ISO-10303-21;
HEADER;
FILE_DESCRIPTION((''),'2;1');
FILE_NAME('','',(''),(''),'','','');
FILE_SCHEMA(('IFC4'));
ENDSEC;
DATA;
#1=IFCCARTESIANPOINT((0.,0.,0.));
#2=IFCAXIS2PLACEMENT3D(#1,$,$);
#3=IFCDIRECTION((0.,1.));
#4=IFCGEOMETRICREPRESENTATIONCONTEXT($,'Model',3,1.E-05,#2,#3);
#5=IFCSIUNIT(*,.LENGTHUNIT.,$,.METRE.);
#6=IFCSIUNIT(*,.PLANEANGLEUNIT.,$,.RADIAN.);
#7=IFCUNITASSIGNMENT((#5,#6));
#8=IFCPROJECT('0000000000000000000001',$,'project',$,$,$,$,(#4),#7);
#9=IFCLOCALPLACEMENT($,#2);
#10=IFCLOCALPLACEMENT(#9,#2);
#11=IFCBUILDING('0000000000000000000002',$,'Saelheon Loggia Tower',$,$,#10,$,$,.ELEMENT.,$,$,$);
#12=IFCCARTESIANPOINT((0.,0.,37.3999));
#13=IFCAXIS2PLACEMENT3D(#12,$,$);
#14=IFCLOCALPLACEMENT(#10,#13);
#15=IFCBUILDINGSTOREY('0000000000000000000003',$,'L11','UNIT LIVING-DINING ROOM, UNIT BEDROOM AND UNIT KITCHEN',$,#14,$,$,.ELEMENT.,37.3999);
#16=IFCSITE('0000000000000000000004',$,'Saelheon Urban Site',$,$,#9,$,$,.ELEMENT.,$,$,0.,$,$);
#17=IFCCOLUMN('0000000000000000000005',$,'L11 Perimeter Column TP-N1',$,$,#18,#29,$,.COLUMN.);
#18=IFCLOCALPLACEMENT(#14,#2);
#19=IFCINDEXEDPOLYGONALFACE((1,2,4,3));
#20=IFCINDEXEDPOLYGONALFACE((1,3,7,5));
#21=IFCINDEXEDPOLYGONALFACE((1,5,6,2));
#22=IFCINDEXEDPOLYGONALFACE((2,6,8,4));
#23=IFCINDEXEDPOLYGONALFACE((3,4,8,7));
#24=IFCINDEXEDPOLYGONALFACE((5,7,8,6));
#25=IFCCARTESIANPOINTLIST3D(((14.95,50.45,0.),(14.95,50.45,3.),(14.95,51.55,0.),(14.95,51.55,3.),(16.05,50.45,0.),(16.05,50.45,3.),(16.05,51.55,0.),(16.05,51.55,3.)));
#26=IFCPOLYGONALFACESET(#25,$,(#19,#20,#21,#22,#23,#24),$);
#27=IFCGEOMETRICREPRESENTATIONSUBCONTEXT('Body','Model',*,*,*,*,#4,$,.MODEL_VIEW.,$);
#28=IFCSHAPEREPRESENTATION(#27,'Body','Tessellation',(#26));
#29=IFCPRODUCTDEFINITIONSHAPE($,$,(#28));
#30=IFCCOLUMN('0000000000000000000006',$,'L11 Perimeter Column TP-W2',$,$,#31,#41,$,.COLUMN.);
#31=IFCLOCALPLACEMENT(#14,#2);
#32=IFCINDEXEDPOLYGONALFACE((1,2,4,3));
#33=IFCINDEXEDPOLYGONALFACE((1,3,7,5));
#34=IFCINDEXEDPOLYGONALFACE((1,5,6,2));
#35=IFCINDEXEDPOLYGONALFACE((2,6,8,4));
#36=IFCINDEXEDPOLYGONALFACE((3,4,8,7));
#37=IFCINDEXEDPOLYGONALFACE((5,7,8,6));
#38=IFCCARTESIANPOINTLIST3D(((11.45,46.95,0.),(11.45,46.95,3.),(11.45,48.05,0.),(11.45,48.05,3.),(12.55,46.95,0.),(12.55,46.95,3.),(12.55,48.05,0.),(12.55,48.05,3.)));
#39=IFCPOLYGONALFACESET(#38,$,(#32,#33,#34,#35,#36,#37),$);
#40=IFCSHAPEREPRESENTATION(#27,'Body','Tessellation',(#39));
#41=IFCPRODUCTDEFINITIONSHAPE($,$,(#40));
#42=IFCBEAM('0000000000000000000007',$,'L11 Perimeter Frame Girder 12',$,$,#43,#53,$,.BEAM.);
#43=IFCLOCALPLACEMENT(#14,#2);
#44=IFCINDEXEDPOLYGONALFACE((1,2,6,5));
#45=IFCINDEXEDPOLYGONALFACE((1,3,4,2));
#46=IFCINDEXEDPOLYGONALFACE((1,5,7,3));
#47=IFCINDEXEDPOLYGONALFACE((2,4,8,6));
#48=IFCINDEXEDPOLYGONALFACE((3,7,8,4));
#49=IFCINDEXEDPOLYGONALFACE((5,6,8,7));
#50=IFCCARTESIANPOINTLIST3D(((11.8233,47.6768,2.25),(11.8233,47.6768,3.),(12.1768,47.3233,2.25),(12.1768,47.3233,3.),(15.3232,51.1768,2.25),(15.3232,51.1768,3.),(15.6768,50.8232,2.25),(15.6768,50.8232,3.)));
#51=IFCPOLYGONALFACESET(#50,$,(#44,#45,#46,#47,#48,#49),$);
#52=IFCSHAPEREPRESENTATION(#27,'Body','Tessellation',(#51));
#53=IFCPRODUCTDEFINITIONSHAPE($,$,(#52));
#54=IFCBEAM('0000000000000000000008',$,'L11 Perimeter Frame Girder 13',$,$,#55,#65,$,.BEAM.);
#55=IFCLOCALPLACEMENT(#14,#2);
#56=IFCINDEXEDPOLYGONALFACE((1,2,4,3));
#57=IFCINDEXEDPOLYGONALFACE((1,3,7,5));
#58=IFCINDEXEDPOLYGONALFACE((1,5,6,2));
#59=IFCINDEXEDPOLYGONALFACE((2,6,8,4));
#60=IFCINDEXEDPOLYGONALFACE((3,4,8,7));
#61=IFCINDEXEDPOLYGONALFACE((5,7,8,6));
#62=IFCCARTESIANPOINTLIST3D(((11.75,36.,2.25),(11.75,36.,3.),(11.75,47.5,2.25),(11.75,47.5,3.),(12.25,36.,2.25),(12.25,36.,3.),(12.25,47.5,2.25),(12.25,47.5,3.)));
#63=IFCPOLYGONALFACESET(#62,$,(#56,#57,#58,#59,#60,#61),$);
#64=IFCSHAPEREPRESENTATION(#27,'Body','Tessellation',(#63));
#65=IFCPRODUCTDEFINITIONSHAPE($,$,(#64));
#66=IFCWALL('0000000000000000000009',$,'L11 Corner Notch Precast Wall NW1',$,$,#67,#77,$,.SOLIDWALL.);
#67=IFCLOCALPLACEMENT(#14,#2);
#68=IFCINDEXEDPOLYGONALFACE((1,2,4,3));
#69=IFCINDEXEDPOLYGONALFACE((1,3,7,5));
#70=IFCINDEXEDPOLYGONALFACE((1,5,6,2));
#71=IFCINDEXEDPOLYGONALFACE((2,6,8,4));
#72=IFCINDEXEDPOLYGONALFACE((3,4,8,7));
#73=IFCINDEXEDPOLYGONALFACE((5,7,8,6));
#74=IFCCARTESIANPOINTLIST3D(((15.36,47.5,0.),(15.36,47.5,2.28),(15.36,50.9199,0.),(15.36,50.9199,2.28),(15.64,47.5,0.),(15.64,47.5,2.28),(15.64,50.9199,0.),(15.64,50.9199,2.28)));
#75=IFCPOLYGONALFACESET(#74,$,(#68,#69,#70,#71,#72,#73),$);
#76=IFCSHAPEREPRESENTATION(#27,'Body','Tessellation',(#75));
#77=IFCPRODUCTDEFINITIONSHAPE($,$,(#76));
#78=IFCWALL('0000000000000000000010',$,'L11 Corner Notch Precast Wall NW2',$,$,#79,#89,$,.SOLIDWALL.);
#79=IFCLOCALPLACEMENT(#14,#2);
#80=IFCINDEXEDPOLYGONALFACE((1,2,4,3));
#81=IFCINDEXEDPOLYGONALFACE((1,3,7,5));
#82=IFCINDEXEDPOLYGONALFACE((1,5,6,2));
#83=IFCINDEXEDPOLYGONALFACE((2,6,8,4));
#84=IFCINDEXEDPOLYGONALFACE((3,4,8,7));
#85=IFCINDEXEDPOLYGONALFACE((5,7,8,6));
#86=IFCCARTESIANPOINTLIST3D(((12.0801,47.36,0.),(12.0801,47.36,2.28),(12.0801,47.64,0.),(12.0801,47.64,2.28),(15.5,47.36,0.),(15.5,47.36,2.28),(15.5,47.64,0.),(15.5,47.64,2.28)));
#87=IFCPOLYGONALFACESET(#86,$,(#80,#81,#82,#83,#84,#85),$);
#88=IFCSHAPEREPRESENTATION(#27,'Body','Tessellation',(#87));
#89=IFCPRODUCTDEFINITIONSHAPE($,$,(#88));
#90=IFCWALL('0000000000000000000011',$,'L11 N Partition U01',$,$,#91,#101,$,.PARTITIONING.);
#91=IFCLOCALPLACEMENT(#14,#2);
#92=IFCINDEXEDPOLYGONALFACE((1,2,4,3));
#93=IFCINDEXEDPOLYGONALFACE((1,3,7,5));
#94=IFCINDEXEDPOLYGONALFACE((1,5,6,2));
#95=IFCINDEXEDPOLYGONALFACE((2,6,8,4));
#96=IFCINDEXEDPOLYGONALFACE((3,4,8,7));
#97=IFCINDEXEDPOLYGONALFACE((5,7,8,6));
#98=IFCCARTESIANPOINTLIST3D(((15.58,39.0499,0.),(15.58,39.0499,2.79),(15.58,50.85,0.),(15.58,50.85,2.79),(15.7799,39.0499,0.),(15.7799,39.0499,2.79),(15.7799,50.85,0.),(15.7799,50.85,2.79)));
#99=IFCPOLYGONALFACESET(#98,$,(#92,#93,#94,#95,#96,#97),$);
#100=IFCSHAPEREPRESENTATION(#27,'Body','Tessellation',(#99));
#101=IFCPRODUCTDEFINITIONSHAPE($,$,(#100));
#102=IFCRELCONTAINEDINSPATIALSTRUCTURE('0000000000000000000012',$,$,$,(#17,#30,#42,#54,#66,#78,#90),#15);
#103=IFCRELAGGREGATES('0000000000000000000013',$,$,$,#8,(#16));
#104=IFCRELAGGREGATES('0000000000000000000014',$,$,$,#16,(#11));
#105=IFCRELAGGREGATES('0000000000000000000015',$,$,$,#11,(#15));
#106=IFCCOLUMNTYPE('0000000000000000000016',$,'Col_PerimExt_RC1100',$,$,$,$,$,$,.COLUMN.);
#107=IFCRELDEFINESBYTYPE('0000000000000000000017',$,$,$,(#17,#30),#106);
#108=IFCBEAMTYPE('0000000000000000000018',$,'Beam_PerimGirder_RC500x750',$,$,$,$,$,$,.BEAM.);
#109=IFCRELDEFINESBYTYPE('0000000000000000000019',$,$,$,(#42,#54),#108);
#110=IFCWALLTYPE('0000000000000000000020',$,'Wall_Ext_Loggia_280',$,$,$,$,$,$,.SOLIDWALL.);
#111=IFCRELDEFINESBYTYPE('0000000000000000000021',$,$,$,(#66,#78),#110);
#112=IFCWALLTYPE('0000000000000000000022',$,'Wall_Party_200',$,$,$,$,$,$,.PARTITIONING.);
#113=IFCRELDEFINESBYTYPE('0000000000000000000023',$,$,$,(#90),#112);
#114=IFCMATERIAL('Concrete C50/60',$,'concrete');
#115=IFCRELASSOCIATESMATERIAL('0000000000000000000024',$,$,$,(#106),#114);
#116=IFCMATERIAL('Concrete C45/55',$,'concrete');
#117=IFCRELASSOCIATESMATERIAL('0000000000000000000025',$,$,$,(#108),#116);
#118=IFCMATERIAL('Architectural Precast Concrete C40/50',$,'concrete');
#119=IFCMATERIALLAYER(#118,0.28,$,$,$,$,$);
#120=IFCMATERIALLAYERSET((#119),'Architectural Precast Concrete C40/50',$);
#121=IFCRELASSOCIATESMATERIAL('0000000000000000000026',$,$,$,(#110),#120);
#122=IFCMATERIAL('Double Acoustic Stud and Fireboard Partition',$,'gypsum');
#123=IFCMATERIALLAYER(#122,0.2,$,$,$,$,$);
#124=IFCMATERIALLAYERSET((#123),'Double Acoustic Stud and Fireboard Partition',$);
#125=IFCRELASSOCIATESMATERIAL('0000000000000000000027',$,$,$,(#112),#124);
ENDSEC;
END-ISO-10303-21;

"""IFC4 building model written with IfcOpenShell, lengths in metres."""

from ifc_helpers import new_model, si_unit, direction, frame, frame_2d, origin, origin_2d, place, context, subcontext, project, spatial, rectangle, extrude, source, transform, mapped, material, layer, layer_set, material_profile, profile_set, type_object, element, save


model = new_model("IFC4")

# Units and contexts
model_context = context("Model", 3, precision=1e-05, world=origin(), true_north=direction((0.0, 1.0)))
body_context = subcontext(model_context, "Body", "Model", "MODEL_VIEW")
ifc_project = project(units=[si_unit("LENGTHUNIT", "METRE"), si_unit("PLANEANGLEUNIT", "RADIAN")], contexts=[model_context])

# Site, building, storey
site_placement = place(None, origin())
site = spatial("IfcSite", under=ifc_project, at=site_placement, Name="Saelheon Urban Site", CompositionType="ELEMENT", RefElevation=0.0)
building_placement = place(site_placement, origin())
building = spatial("IfcBuilding", under=site, at=building_placement, Name="Saelheon Loggia Tower", CompositionType="ELEMENT")
storey_placement = place(building_placement, frame((0.0, 0.0, 37.3999)))
storey = spatial("IfcBuildingStorey", under=building, at=storey_placement, Name="L11", Description="UNIT LIVING-DINING ROOM, UNIT BEDROOM AND UNIT KITCHEN", CompositionType="ELEMENT", Elevation=37.3999)

# Columns
ifc_material_1 = material(Name="Concrete C50/60", Category="concrete")
ifc_material_profile_1 = material_profile(ifc_material_1, rectangle(XDim=1.1001, YDim=1.1001, at=origin_2d()), Name="RC-1100x1100")
ifc_profile_set_1 = profile_set([ifc_material_profile_1], Name="Concrete C50/60")
column_type = type_object("IfcColumnType", Name="Col_PerimExt_RC1100", PredefinedType="COLUMN", material=ifc_profile_set_1)
shared_shape_1 = source(origin(), body_context, "Body", "SweptSolid", [
    extrude(rectangle(XDim=1.1001, YDim=1.1001, at=origin_2d()), origin(), (0.0, 0.0, 1.0), 3.0),
])
for number, where, z_axis, x_axis, name in (
    (1, (15.5, 51.0, 0.0), (0.0, 0.0, 1.0), (1.0, 0.0, 0.0), "L11 Perimeter Column TP-N1"),
    (2, (12.0, 47.5, 0.0), (0.0, 0.0, 1.0), (1.0, 0.0, 0.0), "L11 Perimeter Column TP-W2"),
):
    element("IfcColumn", number, at=place(storey_placement, frame(where, z_axis=z_axis, x_axis=x_axis)), inside=storey, type_object=column_type, Name=name, PredefinedType="COLUMN", context=body_context, shape_type="MappedRepresentation", body=[
        mapped(shared_shape_1, transform((0.0, 0.0, 0.0), scale=1.0)),
    ])

# Beams
ifc_material_2 = material(Name="Concrete C45/55", Category="concrete")
ifc_material_profile_2 = material_profile(ifc_material_2, rectangle(XDim=0.5, YDim=0.75, at=origin_2d()), Name="RC-500x750")
ifc_profile_set_2 = profile_set([ifc_material_profile_2], Name="Concrete C45/55")
beam_type = type_object("IfcBeamType", Name="Beam_PerimGirder_RC500x750", PredefinedType="BEAM", material=ifc_profile_set_2)
shared_shape_2 = source(origin(), body_context, "Body", "SweptSolid", [
    extrude(rectangle(XDim=0.5, YDim=0.75, at=origin_2d()), origin(), (0.0, 0.0, 1.0), 4.9497),
])
beam_1_placement = place(storey_placement, frame((15.5, 51.0, 2.625), z_axis=(-0.707107, -0.707107, 0.0), x_axis=(0.707107, -0.707107, 0.0)))
element("IfcBeam", 3, at=beam_1_placement, inside=storey, type_object=beam_type, Name="L11 Perimeter Frame Girder 12", PredefinedType="BEAM", context=body_context, shape_type="MappedRepresentation", body=[
    mapped(shared_shape_2, transform((0.0, 0.0, 0.0), scale=1.0)),
])
shared_shape_3 = source(origin(), body_context, "Body", "SweptSolid", [
    extrude(rectangle(XDim=0.5, YDim=0.75, at=origin_2d()), origin(), (0.0, 0.0, 1.0), 11.5),
])
beam_2_placement = place(storey_placement, frame((12.0, 47.5, 2.625), z_axis=(0.0, -1.0, 0.0), x_axis=(1.0, 0.0, 0.0)))
element("IfcBeam", 4, at=beam_2_placement, inside=storey, type_object=beam_type, Name="L11 Perimeter Frame Girder 13", PredefinedType="BEAM", context=body_context, shape_type="MappedRepresentation", body=[
    mapped(shared_shape_3, transform((0.0, 0.0, 0.0), scale=1.0)),
])

# Shared definitions
ifc_material_3 = material(Name="Architectural Precast Concrete C40/50", Category="concrete")
ifc_layer_1 = layer(ifc_material_3, 0.28)
ifc_layer_set_1 = layer_set([ifc_layer_1], Name="Architectural Precast Concrete C40/50")
wall_type_1 = type_object("IfcWallType", Name="Wall_Ext_Loggia_280", PredefinedType="SOLIDWALL", material=ifc_layer_set_1)

# Walls
for number, where, z_axis, x_axis, name in (
    (5, (15.5, 47.5, 0.0), (0.0, 0.0, 1.0), (0.0, 1.0, 0.0), "L11 Corner Notch Precast Wall NW1"),
    (6, (12.0801, 47.5, 0.0), (0.0, 0.0, 1.0), (1.0, 0.0, 0.0), "L11 Corner Notch Precast Wall NW2"),
):
    element("IfcWall", number, at=place(storey_placement, frame(where, z_axis=z_axis, x_axis=x_axis)), inside=storey, type_object=wall_type_1, Name=name, PredefinedType="SOLIDWALL", context=body_context, shape_type="SweptSolid", body=[
        extrude(rectangle(XDim=3.4199, YDim=0.28, at=frame_2d((1.71, 0.0))), origin(), (0.0, 0.0, 1.0), 2.28),
    ])
ifc_material_4 = material(Name="Double Acoustic Stud and Fireboard Partition", Category="gypsum")
ifc_layer_2 = layer(ifc_material_4, 0.2)
ifc_layer_set_2 = layer_set([ifc_layer_2], Name="Double Acoustic Stud and Fireboard Partition")
wall_type_2 = type_object("IfcWallType", Name="Wall_Party_200", PredefinedType="PARTITIONING", material=ifc_layer_set_2)
wall_1_placement = place(storey_placement, frame((15.6799, 39.05, 0.0), z_axis=(0.0, 0.0, 1.0), x_axis=(0.0, 1.0, 0.0)))
element("IfcWall", 7, at=wall_1_placement, inside=storey, type_object=wall_type_2, Name="L11 N Partition U01", PredefinedType="PARTITIONING", context=body_context, shape_type="SweptSolid", body=[
    extrude(rectangle(XDim=11.8, YDim=0.2, at=frame_2d((5.8999, 0.0))), origin(), (0.0, 0.0, 1.0), 2.79),
])

save(model, "model.ifc")
